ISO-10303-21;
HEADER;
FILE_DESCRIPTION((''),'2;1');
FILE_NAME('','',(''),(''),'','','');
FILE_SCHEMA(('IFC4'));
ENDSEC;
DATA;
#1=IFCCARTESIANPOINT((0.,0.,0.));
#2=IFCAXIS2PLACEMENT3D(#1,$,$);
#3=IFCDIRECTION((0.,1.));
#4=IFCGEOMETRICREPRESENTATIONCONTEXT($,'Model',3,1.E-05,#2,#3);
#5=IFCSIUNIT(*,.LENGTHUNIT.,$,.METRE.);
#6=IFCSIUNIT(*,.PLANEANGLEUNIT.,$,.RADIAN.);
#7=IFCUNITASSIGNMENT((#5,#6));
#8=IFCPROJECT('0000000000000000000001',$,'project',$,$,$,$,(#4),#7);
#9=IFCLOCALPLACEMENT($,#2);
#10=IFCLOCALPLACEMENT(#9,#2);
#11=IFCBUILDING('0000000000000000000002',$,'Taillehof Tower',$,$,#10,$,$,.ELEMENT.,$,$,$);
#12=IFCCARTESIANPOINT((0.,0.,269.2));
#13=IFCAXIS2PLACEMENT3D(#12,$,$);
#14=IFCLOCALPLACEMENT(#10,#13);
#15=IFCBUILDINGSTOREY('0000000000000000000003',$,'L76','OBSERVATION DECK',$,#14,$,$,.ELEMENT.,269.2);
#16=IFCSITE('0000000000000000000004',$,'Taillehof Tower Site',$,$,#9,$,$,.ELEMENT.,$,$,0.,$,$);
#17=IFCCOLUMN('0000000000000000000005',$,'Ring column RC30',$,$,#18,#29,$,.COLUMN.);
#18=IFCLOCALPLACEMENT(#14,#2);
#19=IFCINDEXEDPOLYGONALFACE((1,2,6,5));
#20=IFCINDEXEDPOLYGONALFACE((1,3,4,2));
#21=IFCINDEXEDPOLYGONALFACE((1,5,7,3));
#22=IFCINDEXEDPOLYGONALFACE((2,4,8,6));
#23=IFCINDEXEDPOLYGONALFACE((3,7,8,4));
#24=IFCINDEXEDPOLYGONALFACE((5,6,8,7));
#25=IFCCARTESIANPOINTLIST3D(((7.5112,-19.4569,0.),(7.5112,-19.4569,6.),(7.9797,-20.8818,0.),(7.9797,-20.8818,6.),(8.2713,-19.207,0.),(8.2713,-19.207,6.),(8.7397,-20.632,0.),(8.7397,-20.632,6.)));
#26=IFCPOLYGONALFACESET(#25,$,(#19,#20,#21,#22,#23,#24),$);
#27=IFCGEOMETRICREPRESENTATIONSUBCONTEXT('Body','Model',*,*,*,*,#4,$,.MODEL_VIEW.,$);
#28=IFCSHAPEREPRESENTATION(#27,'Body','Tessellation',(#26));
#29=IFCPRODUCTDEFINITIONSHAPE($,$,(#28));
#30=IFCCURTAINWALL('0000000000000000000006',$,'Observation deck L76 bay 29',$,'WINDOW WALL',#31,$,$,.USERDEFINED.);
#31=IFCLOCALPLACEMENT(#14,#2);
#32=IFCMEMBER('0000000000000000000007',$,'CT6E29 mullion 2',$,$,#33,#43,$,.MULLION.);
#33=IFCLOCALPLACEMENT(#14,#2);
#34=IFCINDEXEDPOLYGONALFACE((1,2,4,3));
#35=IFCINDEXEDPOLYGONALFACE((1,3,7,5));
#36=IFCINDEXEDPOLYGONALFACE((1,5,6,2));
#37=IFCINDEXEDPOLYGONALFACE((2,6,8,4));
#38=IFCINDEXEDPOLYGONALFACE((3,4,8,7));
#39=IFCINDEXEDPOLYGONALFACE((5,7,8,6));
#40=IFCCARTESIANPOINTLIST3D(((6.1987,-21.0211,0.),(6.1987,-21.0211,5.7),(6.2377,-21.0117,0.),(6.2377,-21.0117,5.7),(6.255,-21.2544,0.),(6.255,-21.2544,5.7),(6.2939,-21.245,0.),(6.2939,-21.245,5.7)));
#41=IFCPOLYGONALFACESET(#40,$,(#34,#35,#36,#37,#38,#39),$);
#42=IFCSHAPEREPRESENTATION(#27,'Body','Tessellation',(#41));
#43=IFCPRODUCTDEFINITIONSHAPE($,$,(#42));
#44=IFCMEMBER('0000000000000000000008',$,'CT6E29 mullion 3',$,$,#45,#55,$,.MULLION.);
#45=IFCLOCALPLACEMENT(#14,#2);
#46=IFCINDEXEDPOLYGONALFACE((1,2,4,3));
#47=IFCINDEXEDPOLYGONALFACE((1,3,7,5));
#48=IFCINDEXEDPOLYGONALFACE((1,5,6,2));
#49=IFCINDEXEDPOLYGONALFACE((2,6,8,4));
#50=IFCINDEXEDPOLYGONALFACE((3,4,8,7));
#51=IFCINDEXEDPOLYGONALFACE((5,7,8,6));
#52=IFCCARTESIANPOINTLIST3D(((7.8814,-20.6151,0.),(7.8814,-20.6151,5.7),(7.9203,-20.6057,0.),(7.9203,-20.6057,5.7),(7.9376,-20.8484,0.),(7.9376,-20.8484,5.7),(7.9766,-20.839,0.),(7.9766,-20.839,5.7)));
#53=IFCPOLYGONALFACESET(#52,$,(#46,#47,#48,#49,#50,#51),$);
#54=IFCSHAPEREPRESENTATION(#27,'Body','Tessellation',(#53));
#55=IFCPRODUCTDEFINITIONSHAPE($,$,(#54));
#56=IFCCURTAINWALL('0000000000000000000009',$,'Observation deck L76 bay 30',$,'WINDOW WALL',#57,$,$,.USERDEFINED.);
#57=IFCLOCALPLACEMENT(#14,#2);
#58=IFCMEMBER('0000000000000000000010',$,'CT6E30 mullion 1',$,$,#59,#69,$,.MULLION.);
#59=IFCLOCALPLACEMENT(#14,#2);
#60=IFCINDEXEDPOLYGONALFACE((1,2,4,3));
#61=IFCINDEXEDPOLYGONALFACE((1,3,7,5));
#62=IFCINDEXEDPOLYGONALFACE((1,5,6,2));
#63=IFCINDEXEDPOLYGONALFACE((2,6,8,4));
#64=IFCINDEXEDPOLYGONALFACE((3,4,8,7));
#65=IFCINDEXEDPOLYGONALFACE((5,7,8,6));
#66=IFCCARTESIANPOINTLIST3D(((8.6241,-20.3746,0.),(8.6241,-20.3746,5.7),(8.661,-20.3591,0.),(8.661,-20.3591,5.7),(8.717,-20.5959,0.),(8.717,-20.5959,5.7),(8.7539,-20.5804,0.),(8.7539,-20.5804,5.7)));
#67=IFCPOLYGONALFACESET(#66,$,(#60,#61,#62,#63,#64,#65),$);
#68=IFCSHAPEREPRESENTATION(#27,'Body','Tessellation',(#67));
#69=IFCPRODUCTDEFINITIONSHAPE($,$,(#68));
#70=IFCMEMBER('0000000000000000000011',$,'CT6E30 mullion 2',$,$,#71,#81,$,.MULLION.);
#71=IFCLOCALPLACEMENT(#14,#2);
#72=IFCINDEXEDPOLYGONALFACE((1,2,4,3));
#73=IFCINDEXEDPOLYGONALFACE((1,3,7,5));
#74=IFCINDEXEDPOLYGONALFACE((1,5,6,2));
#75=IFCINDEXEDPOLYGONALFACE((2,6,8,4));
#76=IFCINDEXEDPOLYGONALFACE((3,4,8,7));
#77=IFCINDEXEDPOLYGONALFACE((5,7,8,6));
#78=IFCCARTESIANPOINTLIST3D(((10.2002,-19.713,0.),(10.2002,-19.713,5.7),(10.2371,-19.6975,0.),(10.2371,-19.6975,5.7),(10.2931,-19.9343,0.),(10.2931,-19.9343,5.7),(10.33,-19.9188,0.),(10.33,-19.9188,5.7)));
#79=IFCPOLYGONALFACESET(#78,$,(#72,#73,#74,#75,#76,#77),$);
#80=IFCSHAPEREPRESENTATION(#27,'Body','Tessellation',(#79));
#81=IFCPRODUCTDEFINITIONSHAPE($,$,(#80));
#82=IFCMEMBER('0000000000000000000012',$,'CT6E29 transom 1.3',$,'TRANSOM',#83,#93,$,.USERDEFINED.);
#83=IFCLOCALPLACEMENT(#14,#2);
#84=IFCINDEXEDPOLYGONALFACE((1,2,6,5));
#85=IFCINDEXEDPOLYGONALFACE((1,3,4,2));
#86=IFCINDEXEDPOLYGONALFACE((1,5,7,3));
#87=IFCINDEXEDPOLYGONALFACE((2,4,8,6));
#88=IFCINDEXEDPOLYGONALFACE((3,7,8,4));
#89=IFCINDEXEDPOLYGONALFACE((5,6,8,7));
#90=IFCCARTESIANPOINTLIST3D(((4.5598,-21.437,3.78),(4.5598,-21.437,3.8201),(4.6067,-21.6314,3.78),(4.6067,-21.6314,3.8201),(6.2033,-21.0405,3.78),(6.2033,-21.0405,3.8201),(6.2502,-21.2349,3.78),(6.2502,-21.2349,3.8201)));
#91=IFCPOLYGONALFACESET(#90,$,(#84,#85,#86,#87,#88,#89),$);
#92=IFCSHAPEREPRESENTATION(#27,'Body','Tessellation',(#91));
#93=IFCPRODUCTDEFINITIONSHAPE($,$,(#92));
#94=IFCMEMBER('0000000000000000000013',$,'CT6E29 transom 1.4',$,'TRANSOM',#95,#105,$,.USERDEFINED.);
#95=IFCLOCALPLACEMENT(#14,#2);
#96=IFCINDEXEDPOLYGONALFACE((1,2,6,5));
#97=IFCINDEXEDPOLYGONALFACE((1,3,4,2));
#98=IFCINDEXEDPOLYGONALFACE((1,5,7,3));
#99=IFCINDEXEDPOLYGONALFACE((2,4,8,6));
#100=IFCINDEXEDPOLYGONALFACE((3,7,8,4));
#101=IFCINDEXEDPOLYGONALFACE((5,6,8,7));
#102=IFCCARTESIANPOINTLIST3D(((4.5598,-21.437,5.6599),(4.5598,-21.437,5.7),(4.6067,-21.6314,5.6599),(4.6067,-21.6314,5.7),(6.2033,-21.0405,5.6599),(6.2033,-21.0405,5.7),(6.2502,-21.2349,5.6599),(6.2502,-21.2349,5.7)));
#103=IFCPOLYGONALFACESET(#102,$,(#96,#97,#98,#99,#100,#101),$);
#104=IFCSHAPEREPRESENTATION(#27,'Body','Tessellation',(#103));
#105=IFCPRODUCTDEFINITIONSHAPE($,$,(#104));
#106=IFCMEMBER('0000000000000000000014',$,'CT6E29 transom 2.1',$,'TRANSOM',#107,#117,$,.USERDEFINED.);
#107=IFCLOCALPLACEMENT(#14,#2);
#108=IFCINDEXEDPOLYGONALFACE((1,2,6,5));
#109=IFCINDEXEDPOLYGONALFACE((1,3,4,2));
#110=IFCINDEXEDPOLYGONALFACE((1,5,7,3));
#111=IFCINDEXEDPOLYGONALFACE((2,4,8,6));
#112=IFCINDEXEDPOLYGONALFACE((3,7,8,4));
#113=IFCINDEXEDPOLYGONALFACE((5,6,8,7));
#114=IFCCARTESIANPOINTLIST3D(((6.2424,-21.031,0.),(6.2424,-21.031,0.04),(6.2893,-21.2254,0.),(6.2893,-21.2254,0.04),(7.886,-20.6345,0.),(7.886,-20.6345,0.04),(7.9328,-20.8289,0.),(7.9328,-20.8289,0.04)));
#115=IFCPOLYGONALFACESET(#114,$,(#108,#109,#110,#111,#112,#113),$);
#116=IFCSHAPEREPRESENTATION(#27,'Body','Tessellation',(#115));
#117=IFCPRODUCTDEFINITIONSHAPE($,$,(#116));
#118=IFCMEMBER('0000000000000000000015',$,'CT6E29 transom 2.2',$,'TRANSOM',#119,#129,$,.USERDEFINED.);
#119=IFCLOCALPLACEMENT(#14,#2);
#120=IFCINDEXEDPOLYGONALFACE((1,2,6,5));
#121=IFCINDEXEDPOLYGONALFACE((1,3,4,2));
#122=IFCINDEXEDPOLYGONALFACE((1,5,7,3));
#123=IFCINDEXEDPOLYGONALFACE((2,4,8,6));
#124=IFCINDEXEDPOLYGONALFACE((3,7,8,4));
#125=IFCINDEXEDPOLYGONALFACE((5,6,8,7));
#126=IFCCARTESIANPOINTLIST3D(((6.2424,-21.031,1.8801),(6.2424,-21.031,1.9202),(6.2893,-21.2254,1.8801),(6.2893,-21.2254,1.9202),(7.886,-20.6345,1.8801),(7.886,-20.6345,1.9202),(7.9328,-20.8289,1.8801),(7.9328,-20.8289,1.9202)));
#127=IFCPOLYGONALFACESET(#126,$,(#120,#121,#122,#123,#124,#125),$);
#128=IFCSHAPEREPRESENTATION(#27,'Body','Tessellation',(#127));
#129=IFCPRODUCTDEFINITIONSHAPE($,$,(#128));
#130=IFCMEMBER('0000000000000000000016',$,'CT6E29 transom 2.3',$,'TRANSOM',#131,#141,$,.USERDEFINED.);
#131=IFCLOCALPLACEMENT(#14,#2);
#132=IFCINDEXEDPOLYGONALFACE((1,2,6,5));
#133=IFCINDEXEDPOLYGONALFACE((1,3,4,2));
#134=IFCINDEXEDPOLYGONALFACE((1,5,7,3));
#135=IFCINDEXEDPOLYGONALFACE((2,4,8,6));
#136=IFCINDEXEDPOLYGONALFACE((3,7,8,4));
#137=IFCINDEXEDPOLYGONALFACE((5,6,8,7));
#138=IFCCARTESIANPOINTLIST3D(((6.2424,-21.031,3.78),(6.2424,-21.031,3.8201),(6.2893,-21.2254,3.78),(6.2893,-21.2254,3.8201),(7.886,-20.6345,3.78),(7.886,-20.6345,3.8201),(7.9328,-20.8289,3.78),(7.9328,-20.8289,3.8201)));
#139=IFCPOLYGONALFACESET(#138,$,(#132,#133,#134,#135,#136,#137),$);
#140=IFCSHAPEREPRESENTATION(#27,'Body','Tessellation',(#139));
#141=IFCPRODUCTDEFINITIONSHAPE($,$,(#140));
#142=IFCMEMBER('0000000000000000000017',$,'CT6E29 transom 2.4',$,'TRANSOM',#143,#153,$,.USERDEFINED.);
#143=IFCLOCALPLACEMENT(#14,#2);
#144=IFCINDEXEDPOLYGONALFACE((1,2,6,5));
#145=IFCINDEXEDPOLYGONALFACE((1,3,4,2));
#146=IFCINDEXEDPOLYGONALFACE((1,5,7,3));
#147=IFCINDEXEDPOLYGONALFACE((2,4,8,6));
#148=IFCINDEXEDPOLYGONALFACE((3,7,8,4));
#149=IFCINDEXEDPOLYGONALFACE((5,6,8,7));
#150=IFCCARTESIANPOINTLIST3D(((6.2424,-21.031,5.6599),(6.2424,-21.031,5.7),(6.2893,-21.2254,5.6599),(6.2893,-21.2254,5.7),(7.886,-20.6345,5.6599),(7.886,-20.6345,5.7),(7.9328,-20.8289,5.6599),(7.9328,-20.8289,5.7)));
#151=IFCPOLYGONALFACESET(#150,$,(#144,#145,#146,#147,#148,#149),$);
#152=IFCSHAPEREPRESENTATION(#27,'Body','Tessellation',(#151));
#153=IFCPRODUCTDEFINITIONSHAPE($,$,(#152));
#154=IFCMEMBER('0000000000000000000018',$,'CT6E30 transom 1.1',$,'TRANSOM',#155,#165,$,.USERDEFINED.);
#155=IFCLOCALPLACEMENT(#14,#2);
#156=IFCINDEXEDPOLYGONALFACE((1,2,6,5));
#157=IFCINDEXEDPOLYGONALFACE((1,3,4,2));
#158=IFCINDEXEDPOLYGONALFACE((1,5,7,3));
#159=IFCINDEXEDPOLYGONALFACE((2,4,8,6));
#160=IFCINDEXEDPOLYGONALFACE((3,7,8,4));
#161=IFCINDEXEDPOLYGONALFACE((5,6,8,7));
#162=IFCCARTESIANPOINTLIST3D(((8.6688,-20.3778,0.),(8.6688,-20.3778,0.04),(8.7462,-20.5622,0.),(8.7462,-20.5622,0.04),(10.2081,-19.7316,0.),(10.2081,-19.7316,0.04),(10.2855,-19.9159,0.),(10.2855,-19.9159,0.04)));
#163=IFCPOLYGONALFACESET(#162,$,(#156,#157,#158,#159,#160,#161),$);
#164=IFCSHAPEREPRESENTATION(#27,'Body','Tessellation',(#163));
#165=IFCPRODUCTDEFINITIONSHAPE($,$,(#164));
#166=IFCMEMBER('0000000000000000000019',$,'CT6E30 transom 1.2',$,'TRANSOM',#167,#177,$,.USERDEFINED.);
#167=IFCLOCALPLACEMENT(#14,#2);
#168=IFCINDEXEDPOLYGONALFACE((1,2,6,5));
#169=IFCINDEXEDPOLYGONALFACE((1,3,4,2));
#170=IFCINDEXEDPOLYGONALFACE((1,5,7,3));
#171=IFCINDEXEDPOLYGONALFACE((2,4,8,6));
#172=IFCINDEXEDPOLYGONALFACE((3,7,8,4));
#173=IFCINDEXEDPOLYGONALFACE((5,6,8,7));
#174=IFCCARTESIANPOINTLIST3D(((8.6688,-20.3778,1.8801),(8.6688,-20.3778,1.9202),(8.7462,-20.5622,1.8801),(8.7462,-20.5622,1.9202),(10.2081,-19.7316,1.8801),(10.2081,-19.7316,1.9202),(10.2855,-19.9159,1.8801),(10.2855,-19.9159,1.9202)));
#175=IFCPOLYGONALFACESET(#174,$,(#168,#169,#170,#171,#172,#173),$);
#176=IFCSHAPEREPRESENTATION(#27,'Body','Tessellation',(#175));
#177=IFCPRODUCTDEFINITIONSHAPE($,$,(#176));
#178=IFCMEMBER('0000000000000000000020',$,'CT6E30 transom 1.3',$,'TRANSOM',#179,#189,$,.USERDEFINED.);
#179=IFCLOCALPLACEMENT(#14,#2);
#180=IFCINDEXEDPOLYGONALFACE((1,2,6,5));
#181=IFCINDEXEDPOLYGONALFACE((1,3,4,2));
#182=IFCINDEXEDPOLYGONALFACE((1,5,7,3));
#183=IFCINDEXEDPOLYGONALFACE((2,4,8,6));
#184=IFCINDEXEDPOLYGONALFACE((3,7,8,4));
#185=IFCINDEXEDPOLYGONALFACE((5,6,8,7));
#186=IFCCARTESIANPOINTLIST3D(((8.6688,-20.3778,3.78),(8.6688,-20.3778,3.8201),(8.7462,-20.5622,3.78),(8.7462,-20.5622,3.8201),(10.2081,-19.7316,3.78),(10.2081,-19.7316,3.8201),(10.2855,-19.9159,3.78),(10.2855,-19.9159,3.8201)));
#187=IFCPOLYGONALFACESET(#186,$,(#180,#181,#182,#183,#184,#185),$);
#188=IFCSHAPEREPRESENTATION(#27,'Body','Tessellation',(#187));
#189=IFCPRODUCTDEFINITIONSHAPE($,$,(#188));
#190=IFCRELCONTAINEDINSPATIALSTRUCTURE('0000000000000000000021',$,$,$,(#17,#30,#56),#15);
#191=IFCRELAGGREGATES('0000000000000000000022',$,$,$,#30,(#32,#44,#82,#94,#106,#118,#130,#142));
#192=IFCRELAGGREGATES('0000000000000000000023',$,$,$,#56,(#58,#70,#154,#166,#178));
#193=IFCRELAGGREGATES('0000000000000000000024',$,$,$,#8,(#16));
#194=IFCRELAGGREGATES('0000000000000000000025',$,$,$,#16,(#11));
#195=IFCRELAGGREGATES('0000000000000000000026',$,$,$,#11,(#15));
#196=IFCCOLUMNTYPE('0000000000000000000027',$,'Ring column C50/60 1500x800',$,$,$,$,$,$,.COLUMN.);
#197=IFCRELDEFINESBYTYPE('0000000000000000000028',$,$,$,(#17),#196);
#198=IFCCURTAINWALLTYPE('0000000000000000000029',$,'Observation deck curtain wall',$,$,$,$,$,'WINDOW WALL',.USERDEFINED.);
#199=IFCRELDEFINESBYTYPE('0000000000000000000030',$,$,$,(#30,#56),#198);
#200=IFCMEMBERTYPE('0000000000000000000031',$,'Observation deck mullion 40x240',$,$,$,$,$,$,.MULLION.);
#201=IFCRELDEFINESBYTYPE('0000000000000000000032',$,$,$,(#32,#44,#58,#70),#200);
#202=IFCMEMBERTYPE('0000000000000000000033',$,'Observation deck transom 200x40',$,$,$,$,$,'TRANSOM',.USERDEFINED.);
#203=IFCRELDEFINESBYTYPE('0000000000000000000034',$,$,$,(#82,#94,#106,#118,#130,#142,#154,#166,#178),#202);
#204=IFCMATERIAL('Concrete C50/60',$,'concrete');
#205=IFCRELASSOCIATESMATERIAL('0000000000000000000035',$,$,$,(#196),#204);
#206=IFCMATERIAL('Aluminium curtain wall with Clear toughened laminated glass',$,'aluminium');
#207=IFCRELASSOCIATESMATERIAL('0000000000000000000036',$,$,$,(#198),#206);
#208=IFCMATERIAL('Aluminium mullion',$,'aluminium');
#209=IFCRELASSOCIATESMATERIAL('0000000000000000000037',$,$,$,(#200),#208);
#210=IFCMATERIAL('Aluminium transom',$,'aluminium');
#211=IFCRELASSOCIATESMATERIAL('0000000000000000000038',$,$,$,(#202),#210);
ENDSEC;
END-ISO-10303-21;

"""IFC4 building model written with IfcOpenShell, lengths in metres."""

from ifc_helpers import new_model, si_unit, direction, frame, origin, origin_2d, place, context, subcontext, project, spatial, rectangle, extrude, material, material_profile, profile_set, type_object, element, aggregate, save


model = new_model("IFC4")

# Units and contexts
model_context = context("Model", 3, precision=1e-05, world=origin(), true_north=direction((0.0, 1.0)))
body_context = subcontext(model_context, "Body", "Model", "MODEL_VIEW")
ifc_project = project(units=[si_unit("LENGTHUNIT", "METRE"), si_unit("PLANEANGLEUNIT", "RADIAN")], contexts=[model_context])

# Site, building, storey
site_placement = place(None, origin())
site = spatial("IfcSite", under=ifc_project, at=site_placement, Name="Taillehof Tower Site", CompositionType="ELEMENT", RefElevation=0.0)
building_placement = place(site_placement, origin())
building = spatial("IfcBuilding", under=site, at=building_placement, Name="Taillehof Tower", CompositionType="ELEMENT")
storey_placement = place(building_placement, frame((0.0, 0.0, 269.2)))
storey = spatial("IfcBuildingStorey", under=building, at=storey_placement, Name="L76", Description="OBSERVATION DECK", CompositionType="ELEMENT", Elevation=269.2)

# Column
ifc_material_1 = material(Name="Concrete C50/60", Category="concrete")
ifc_material_profile_1 = material_profile(ifc_material_1, rectangle(XDim=1.5, YDim=0.8, at=origin_2d()), Name="RC 1500x800")
ifc_profile_set_1 = profile_set([ifc_material_profile_1], Name="Concrete C50/60")
column_type = type_object("IfcColumnType", Name="Ring column C50/60 1500x800", PredefinedType="COLUMN", material=ifc_profile_set_1)
column_placement = place(storey_placement, frame((8.1255, -20.0444, 0.0), z_axis=(0.0, 0.0, 1.0), x_axis=(0.312304, -0.949982, 0.0)))
element("IfcColumn", 1, at=column_placement, inside=storey, type_object=column_type, Name="Ring column RC30", PredefinedType="COLUMN", context=body_context, shape_type="SweptSolid", body=[
    extrude(rectangle(XDim=1.5, YDim=0.8, at=origin_2d()), origin(), (0.0, 0.0, 1.0), 6.0),
])

# Curtain walls, members
ifc_material_2 = material(Name="Aluminium curtain wall with Clear toughened laminated glass", Category="aluminium")
curtain_wall_type = type_object("IfcCurtainWallType", Name="Observation deck curtain wall", ElementType="WINDOW WALL", PredefinedType="USERDEFINED", material=ifc_material_2)
curtain_wall_1_placement = place(storey_placement, origin())
curtain_wall_1 = element("IfcCurtainWall", 2, at=curtain_wall_1_placement, inside=storey, type_object=curtain_wall_type, Name="Observation deck L76 bay 29", ObjectType="WINDOW WALL", PredefinedType="USERDEFINED")
ifc_material_3 = material(Name="Aluminium mullion", Category="aluminium")
ifc_material_profile_2 = material_profile(ifc_material_3, rectangle(XDim=0.24, YDim=0.04, at=origin_2d()), Name="AL 40x240")
ifc_profile_set_2 = profile_set([ifc_material_profile_2], Name="Aluminium mullion")
member_type_1 = type_object("IfcMemberType", Name="Observation deck mullion 40x240", PredefinedType="MULLION", material=ifc_profile_set_2)
member_1_placement = place(storey_placement, frame((6.2463, -21.1331, 0.0), z_axis=(0.0, 0.0, 1.0), x_axis=(-0.234515, 0.972113, 0.0)))
member_1 = element("IfcMember", 3, at=member_1_placement, type_object=member_type_1, Name="CT6E29 mullion 2", PredefinedType="MULLION", context=body_context, shape_type="SweptSolid", body=[
    extrude(rectangle(XDim=0.24, YDim=0.04, at=origin_2d()), origin(), (0.0, 0.0, 1.0), 5.7),
])
member_2_placement = place(storey_placement, frame((7.929, -20.7271, 0.0), z_axis=(0.0, 0.0, 1.0), x_axis=(-0.234515, 0.972113, 0.0)))
member_2 = element("IfcMember", 4, at=member_2_placement, type_object=member_type_1, Name="CT6E29 mullion 3", PredefinedType="MULLION", context=body_context, shape_type="SweptSolid", body=[
    extrude(rectangle(XDim=0.24, YDim=0.04, at=origin_2d()), origin(), (0.0, 0.0, 1.0), 5.7),
])
curtain_wall_2_placement = place(storey_placement, origin())
curtain_wall_2 = element("IfcCurtainWall", 5, at=curtain_wall_2_placement, inside=storey, type_object=curtain_wall_type, Name="Observation deck L76 bay 30", ObjectType="WINDOW WALL", PredefinedType="USERDEFINED")
member_3_placement = place(storey_placement, frame((8.689, -20.4775, 0.0), z_axis=(0.0, 0.0, 1.0), x_axis=(-0.387101, 0.922037, 0.0)))
member_3 = element("IfcMember", 6, at=member_3_placement, type_object=member_type_1, Name="CT6E30 mullion 1", PredefinedType="MULLION", context=body_context, shape_type="SweptSolid", body=[
    extrude(rectangle(XDim=0.24, YDim=0.04, at=origin_2d()), origin(), (0.0, 0.0, 1.0), 5.7),
])
member_4_placement = place(storey_placement, frame((10.2651, -19.8159, 0.0), z_axis=(0.0, 0.0, 1.0), x_axis=(-0.387101, 0.922037, 0.0)))
member_4 = element("IfcMember", 7, at=member_4_placement, type_object=member_type_1, Name="CT6E30 mullion 2", PredefinedType="MULLION", context=body_context, shape_type="SweptSolid", body=[
    extrude(rectangle(XDim=0.24, YDim=0.04, at=origin_2d()), origin(), (0.0, 0.0, 1.0), 5.7),
])

# Members
ifc_material_4 = material(Name="Aluminium transom", Category="aluminium")
ifc_material_profile_3 = material_profile(ifc_material_4, rectangle(XDim=0.2, YDim=0.04, at=origin_2d()), Name="AL 200x40")
ifc_profile_set_3 = profile_set([ifc_material_profile_3], Name="Aluminium transom")
member_type_2 = type_object("IfcMemberType", Name="Observation deck transom 200x40", ElementType="TRANSOM", PredefinedType="USERDEFINED", material=ifc_profile_set_3)
member_5_placement = place(storey_placement, frame((4.5833, -21.5342, 3.8), z_axis=(0.972114, 0.234509, 0.0), x_axis=(-0.234509, 0.972114, 0.0)))
member_5 = element("IfcMember", 8, at=member_5_placement, type_object=member_type_2, Name="CT6E29 transom 1.3", ObjectType="TRANSOM", PredefinedType="USERDEFINED", context=body_context, shape_type="SweptSolid", body=[
    extrude(rectangle(XDim=0.2, YDim=0.04, at=origin_2d()), origin(), (0.0, 0.0, 1.0), 1.6907),
])
member_6_placement = place(storey_placement, frame((4.5833, -21.5342, 5.6799), z_axis=(0.972114, 0.234509, 0.0), x_axis=(-0.234509, 0.972114, 0.0)))
member_6 = element("IfcMember", 9, at=member_6_placement, type_object=member_type_2, Name="CT6E29 transom 1.4", ObjectType="TRANSOM", PredefinedType="USERDEFINED", context=body_context, shape_type="SweptSolid", body=[
    extrude(rectangle(XDim=0.2, YDim=0.04, at=origin_2d()), origin(), (0.0, 0.0, 1.0), 1.6907),
])
member_7_placement = place(storey_placement, frame((6.2659, -21.1282, 0.02), z_axis=(0.972114, 0.234509, 0.0), x_axis=(-0.234509, 0.972114, 0.0)))
member_7 = element("IfcMember", 10, at=member_7_placement, type_object=member_type_2, Name="CT6E29 transom 2.1", ObjectType="TRANSOM", PredefinedType="USERDEFINED", context=body_context, shape_type="SweptSolid", body=[
    extrude(rectangle(XDim=0.2, YDim=0.04, at=origin_2d()), origin(), (0.0, 0.0, 1.0), 1.6907),
])
member_8_placement = place(storey_placement, frame((6.2659, -21.1282, 1.9001), z_axis=(0.972114, 0.234509, 0.0), x_axis=(-0.234509, 0.972114, 0.0)))
member_8 = element("IfcMember", 11, at=member_8_placement, type_object=member_type_2, Name="CT6E29 transom 2.2", ObjectType="TRANSOM", PredefinedType="USERDEFINED", context=body_context, shape_type="SweptSolid", body=[
    extrude(rectangle(XDim=0.2, YDim=0.04, at=origin_2d()), origin(), (0.0, 0.0, 1.0), 1.6907),
])
member_9_placement = place(storey_placement, frame((6.2659, -21.1282, 3.8), z_axis=(0.972114, 0.234509, 0.0), x_axis=(-0.234509, 0.972114, 0.0)))
member_9 = element("IfcMember", 12, at=member_9_placement, type_object=member_type_2, Name="CT6E29 transom 2.3", ObjectType="TRANSOM", PredefinedType="USERDEFINED", context=body_context, shape_type="SweptSolid", body=[
    extrude(rectangle(XDim=0.2, YDim=0.04, at=origin_2d()), origin(), (0.0, 0.0, 1.0), 1.6907),
])
member_10_placement = place(storey_placement, frame((6.2659, -21.1282, 5.6799), z_axis=(0.972114, 0.234509, 0.0), x_axis=(-0.234509, 0.972114, 0.0)))
member_10 = element("IfcMember", 13, at=member_10_placement, type_object=member_type_2, Name="CT6E29 transom 2.4", ObjectType="TRANSOM", PredefinedType="USERDEFINED", context=body_context, shape_type="SweptSolid", body=[
    extrude(rectangle(XDim=0.2, YDim=0.04, at=origin_2d()), origin(), (0.0, 0.0, 1.0), 1.6907),
])
member_11_placement = place(storey_placement, frame((8.7075, -20.47, 0.02), z_axis=(0.92204, 0.387096, 0.0), x_axis=(-0.387096, 0.92204, 0.0)))
member_11 = element("IfcMember", 14, at=member_11_placement, type_object=member_type_2, Name="CT6E30 transom 1.1", ObjectType="TRANSOM", PredefinedType="USERDEFINED", context=body_context, shape_type="SweptSolid", body=[
    extrude(rectangle(XDim=0.2, YDim=0.04, at=origin_2d()), origin(), (0.0, 0.0, 1.0), 1.6694),
])
member_12_placement = place(storey_placement, frame((8.7075, -20.47, 1.9001), z_axis=(0.92204, 0.387096, 0.0), x_axis=(-0.387096, 0.92204, 0.0)))
member_12 = element("IfcMember", 15, at=member_12_placement, type_object=member_type_2, Name="CT6E30 transom 1.2", ObjectType="TRANSOM", PredefinedType="USERDEFINED", context=body_context, shape_type="SweptSolid", body=[
    extrude(rectangle(XDim=0.2, YDim=0.04, at=origin_2d()), origin(), (0.0, 0.0, 1.0), 1.6694),
])
member_13_placement = place(storey_placement, frame((8.7075, -20.47, 3.8), z_axis=(0.92204, 0.387096, 0.0), x_axis=(-0.387096, 0.92204, 0.0)))
member_13 = element("IfcMember", 16, at=member_13_placement, type_object=member_type_2, Name="CT6E30 transom 1.3", ObjectType="TRANSOM", PredefinedType="USERDEFINED", context=body_context, shape_type="SweptSolid", body=[
    extrude(rectangle(XDim=0.2, YDim=0.04, at=origin_2d()), origin(), (0.0, 0.0, 1.0), 1.6694),
])

aggregate(curtain_wall_1, [member_1, member_2, member_5, member_6, member_7, member_8, member_9, member_10])
aggregate(curtain_wall_2, [member_3, member_4, member_11, member_12, member_13])

save(model, "model.ifc")
